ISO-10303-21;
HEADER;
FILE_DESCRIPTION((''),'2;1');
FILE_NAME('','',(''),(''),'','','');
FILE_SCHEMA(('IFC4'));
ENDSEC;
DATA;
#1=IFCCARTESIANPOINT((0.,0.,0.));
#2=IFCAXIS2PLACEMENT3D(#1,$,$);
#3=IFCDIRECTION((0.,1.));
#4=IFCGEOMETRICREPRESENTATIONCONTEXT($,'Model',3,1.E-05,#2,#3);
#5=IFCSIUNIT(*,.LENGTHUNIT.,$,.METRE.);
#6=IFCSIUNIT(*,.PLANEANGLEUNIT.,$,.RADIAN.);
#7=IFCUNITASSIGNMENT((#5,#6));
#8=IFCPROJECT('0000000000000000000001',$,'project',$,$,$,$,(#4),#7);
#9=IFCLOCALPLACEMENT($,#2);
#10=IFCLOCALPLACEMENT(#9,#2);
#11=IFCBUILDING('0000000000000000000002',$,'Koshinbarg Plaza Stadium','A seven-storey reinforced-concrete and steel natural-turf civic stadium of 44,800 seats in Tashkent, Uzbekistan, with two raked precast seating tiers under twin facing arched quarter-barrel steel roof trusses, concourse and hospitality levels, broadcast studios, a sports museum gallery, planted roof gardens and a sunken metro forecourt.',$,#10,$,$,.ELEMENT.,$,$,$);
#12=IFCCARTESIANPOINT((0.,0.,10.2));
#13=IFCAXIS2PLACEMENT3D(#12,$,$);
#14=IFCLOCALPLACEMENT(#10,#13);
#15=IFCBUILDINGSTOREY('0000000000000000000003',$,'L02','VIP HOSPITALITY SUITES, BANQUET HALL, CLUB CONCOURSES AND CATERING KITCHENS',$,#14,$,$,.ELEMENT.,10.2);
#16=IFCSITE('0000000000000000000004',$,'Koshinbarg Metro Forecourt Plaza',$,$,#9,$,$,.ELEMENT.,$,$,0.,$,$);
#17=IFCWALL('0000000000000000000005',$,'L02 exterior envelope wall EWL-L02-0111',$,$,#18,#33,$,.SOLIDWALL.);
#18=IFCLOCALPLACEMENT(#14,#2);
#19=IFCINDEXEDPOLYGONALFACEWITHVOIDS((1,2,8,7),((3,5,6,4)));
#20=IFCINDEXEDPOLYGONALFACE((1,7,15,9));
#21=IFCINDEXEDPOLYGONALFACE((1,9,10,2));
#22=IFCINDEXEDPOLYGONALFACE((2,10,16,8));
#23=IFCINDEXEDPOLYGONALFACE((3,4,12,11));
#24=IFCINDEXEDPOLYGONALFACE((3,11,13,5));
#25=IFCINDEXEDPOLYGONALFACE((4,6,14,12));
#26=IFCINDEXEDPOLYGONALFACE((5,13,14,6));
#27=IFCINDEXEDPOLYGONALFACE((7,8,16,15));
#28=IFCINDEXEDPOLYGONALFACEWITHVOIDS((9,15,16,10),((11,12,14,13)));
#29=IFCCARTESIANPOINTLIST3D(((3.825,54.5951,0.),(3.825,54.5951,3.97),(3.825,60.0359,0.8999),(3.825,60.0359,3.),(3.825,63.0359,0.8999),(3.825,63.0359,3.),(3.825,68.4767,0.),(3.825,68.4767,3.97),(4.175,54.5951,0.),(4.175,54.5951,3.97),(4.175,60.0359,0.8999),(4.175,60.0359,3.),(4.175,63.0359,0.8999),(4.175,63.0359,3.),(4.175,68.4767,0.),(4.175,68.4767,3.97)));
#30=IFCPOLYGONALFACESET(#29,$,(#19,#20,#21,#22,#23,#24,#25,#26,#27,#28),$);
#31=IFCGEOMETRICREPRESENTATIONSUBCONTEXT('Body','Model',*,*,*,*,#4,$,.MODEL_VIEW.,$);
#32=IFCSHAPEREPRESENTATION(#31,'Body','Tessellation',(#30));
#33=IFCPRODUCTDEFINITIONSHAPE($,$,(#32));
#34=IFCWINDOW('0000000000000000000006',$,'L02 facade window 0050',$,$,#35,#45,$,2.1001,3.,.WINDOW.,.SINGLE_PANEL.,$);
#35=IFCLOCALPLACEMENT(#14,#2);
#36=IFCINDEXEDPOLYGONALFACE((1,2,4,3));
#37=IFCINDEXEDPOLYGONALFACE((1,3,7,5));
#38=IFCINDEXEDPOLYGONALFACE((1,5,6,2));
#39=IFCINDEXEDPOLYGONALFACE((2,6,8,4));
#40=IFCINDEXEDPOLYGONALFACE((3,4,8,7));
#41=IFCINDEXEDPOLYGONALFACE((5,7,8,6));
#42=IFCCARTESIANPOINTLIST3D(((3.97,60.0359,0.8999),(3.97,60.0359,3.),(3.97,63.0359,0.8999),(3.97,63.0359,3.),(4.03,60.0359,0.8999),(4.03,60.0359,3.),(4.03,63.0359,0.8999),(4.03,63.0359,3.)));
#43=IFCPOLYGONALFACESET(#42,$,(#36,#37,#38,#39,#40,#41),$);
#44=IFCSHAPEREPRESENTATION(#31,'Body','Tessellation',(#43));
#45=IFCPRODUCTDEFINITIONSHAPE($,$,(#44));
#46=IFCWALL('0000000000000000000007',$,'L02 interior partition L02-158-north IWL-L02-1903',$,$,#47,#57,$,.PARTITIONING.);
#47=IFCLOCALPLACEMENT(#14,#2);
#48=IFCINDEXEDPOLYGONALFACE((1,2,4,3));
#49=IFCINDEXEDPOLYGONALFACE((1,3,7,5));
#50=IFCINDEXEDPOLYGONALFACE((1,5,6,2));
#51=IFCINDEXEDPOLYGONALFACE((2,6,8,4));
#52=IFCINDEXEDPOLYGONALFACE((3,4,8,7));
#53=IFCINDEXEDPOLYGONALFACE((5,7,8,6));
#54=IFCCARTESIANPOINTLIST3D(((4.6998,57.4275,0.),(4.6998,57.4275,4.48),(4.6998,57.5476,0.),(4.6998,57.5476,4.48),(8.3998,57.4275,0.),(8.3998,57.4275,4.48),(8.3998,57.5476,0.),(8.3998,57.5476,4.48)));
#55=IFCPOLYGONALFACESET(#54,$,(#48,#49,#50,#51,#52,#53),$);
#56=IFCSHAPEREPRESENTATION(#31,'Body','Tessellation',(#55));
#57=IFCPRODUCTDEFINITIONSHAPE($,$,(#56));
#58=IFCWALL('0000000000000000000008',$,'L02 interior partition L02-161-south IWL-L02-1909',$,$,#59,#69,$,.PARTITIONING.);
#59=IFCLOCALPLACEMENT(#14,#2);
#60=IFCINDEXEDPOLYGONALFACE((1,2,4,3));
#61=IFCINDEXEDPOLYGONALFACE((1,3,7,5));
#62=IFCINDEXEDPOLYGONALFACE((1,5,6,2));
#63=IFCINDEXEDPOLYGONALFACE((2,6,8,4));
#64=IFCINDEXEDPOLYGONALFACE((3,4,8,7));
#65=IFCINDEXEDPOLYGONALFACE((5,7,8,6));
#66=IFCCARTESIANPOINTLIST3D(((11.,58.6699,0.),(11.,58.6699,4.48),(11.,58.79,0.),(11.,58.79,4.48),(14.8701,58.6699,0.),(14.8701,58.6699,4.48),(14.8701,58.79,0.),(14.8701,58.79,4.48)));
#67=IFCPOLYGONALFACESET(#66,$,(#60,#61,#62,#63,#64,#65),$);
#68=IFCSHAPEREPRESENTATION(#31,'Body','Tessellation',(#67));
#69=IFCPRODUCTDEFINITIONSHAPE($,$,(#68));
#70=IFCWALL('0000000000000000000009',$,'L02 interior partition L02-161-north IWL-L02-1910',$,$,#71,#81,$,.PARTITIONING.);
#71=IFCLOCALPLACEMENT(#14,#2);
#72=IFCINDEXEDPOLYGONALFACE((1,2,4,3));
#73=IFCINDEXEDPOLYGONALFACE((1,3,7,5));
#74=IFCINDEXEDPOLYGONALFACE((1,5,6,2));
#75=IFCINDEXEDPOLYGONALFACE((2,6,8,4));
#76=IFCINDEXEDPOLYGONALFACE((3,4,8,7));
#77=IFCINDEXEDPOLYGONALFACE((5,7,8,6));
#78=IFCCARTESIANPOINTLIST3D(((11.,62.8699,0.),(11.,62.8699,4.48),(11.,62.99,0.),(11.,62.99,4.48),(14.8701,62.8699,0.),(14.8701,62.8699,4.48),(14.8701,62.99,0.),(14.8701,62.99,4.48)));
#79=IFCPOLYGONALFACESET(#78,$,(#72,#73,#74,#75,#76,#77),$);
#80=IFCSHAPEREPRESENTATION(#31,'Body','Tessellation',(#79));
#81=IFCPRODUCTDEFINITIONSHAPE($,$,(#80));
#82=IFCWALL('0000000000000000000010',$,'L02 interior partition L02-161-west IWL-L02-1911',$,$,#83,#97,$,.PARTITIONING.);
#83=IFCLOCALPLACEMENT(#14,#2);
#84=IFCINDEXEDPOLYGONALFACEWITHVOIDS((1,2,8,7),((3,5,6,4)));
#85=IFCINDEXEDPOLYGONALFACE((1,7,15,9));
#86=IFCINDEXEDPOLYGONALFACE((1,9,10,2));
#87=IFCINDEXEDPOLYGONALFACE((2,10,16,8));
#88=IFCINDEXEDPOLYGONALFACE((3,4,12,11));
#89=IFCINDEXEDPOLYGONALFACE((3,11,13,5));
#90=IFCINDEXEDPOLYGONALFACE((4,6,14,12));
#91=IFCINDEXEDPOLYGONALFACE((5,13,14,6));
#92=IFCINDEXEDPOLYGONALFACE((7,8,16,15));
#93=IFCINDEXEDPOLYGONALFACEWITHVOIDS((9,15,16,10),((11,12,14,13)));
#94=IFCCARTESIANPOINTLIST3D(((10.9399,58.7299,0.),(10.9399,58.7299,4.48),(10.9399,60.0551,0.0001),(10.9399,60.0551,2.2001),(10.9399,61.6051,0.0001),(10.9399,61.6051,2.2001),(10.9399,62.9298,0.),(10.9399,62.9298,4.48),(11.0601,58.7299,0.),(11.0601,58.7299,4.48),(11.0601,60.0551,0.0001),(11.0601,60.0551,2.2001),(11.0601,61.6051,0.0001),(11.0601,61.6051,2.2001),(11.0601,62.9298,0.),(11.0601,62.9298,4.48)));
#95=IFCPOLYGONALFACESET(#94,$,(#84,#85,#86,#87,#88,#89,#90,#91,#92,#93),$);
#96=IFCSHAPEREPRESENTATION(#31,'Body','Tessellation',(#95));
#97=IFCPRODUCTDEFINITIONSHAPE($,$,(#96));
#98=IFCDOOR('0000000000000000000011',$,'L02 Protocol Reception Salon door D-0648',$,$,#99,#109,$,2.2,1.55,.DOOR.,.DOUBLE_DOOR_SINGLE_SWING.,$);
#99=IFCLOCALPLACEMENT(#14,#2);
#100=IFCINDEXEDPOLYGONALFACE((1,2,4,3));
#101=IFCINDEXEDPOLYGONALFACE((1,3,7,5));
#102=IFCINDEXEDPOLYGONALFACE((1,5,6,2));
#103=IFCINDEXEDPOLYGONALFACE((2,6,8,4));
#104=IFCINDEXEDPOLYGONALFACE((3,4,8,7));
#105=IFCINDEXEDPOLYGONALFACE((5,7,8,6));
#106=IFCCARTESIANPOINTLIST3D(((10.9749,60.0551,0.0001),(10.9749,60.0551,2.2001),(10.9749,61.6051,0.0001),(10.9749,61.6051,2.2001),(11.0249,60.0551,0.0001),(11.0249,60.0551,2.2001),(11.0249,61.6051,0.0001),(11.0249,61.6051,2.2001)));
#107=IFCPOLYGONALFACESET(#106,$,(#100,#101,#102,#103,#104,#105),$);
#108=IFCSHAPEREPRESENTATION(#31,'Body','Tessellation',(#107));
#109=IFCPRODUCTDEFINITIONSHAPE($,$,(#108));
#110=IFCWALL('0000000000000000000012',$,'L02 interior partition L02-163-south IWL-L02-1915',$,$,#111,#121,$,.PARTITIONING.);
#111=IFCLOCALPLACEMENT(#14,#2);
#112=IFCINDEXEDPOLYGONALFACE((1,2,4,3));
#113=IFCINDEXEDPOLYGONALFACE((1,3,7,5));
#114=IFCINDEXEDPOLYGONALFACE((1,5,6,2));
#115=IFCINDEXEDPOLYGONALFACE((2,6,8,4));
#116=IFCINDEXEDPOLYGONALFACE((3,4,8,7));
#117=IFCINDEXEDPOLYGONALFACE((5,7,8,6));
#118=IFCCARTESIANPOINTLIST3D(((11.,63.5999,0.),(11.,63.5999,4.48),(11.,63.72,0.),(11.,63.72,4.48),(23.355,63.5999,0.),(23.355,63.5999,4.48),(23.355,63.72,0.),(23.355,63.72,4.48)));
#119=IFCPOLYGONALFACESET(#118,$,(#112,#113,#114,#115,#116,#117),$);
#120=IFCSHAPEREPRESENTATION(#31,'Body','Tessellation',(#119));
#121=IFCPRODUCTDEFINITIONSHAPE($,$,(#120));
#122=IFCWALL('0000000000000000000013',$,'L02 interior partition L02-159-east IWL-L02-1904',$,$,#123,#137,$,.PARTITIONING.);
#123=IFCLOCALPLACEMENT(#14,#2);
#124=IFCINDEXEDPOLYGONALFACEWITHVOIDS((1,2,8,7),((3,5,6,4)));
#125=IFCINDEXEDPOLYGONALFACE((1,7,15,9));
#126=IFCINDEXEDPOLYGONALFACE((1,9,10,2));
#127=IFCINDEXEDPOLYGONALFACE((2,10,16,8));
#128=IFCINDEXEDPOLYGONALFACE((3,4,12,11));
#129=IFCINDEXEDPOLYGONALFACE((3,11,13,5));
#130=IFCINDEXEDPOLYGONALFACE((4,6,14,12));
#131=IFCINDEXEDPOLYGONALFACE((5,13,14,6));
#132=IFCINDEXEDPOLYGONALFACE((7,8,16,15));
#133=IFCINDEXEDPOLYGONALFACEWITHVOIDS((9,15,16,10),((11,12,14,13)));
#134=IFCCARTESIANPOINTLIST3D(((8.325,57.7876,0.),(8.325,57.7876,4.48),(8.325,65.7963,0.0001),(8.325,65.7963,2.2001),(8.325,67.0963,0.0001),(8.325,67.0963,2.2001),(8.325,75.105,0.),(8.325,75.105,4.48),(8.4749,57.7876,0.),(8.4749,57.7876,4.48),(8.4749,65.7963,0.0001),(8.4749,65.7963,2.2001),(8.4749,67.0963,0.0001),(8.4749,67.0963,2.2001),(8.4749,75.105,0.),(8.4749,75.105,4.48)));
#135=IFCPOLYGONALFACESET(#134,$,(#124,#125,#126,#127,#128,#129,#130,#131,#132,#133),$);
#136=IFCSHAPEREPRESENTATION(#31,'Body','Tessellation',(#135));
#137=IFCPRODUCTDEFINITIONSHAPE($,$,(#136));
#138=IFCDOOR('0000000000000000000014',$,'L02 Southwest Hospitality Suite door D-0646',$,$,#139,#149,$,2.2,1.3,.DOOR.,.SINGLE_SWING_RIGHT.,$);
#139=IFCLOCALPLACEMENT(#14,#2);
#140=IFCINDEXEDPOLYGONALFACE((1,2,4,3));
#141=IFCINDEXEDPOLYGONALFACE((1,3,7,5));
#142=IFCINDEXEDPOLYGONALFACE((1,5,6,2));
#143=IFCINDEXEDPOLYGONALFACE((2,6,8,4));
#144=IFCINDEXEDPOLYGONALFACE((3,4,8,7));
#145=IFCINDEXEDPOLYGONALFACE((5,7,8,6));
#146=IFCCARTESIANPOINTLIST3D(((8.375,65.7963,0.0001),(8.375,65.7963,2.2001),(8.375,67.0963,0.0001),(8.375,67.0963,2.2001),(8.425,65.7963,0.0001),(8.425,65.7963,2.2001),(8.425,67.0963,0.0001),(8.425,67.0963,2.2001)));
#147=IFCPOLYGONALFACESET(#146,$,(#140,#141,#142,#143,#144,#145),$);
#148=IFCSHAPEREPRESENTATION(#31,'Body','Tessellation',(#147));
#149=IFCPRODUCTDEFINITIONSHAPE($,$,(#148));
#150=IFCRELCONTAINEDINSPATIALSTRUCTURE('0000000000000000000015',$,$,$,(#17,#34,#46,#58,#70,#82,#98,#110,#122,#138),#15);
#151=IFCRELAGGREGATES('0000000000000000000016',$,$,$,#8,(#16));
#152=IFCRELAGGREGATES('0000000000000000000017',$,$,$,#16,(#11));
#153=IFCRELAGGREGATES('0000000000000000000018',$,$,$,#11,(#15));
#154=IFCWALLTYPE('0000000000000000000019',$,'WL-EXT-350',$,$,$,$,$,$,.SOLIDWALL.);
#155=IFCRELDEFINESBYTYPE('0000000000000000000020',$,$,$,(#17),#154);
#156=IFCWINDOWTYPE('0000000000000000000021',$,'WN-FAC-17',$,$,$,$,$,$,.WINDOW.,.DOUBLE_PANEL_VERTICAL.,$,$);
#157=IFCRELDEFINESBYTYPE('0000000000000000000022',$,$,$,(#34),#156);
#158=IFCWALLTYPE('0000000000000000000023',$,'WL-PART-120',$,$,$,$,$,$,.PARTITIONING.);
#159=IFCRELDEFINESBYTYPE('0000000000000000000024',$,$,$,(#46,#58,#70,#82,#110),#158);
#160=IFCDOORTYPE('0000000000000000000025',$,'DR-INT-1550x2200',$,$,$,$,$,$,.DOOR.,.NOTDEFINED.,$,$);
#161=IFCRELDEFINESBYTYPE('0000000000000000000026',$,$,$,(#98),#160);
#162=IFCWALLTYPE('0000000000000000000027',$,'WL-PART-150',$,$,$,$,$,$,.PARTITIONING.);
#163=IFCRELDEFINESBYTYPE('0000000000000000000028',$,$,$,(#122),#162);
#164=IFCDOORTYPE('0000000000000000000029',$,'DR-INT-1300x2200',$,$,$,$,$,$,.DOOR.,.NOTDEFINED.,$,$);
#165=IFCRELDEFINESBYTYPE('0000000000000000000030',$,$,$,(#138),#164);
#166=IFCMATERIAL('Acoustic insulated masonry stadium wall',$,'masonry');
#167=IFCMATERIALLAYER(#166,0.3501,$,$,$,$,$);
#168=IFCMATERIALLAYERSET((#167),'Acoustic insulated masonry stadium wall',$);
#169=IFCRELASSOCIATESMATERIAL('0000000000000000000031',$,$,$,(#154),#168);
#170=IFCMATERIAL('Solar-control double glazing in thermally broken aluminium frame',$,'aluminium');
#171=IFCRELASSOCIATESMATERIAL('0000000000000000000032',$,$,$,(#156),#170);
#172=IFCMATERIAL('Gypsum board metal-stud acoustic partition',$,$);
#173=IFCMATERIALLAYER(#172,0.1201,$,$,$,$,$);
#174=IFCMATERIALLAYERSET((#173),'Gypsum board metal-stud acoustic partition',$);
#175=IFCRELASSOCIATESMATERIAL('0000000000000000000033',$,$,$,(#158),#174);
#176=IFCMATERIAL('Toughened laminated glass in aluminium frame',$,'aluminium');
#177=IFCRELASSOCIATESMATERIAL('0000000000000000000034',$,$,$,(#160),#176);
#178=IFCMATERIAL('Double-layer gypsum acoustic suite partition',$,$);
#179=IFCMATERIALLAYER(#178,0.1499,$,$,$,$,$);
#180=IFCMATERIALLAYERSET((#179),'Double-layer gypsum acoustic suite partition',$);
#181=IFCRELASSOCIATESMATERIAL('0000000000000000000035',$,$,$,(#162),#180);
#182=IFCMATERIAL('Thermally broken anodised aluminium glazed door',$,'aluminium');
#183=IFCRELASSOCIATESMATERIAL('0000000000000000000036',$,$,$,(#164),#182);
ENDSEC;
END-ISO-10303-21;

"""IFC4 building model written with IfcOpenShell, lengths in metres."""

from ifc_helpers import new_model, si_unit, direction, frame, frame_2d, origin, place, context, subcontext, project, spatial, rectangle, extrude, material, layer, layer_set, type_object, element, fill, save


model = new_model("IFC4")

# Units and contexts
model_context = context("Model", 3, precision=1e-05, world=origin(), true_north=direction((0.0, 1.0)))
body_context = subcontext(model_context, "Body", "Model", "MODEL_VIEW")
ifc_project = project(units=[si_unit("LENGTHUNIT", "METRE"), si_unit("PLANEANGLEUNIT", "RADIAN")], contexts=[model_context])

# Site, building, storey
site_placement = place(None, origin())
site = spatial("IfcSite", under=ifc_project, at=site_placement, Name="Koshinbarg Metro Forecourt Plaza", CompositionType="ELEMENT", RefElevation=0.0)
building_placement = place(site_placement, origin())
building = spatial("IfcBuilding", under=site, at=building_placement, Name="Koshinbarg Plaza Stadium", Description="A seven-storey reinforced-concrete and steel natural-turf civic stadium of 44,800 seats in Tashkent, Uzbekistan, with two raked precast seating tiers under twin facing arched quarter-barrel steel roof trusses, concourse and hospitality levels, broadcast studios, a sports museum gallery, planted roof gardens and a sunken metro forecourt.", CompositionType="ELEMENT")
storey_placement = place(building_placement, frame((0.0, 0.0, 10.2)))
storey = spatial("IfcBuildingStorey", under=building, at=storey_placement, Name="L02", Description="VIP HOSPITALITY SUITES, BANQUET HALL, CLUB CONCOURSES AND CATERING KITCHENS", CompositionType="ELEMENT", Elevation=10.2)

# Wall, opening, window
ifc_material_1 = material(Name="Acoustic insulated masonry stadium wall", Category="masonry")
ifc_layer_1 = layer(ifc_material_1, 0.3501)
ifc_layer_set_1 = layer_set([ifc_layer_1], Name="Acoustic insulated masonry stadium wall")
wall_type_1 = type_object("IfcWallType", Name="WL-EXT-350", PredefinedType="SOLIDWALL", material=ifc_layer_set_1)
wall_1_placement = place(storey_placement, frame((4.0, 54.595, 0.0), z_axis=(0.0, 0.0, 1.0), x_axis=(0.0, 1.0, 0.0)))
wall_1 = element("IfcWall", 1, at=wall_1_placement, inside=storey, type_object=wall_type_1, Name="L02 exterior envelope wall EWL-L02-0111", PredefinedType="SOLIDWALL", context=body_context, shape_type="SweptSolid", body=[
    extrude(rectangle(XDim=13.8816, YDim=0.3501, at=frame_2d((6.9409, 0.0))), origin(), (0.0, 0.0, 1.0), 3.97),
])
opening_1_placement = place(wall_1_placement, frame((5.4409, 0.0, 0.8999)))
opening_1 = element("IfcOpeningElement", 2, at=opening_1_placement, cuts=wall_1, PredefinedType="OPENING", context=body_context, shape_type="SweptSolid", body=[
    extrude(rectangle(XDim=3.0, YDim=2.1001, at=frame_2d((1.5, 1.05))), frame((0.0, 0.1851, 0.0), z_axis=(0.0, -1.0, 0.0), x_axis=(1.0, 0.0, 0.0)), (0.0, 0.0, 1.0), 0.3701),
])
ifc_material_2 = material(Name="Solar-control double glazing in thermally broken aluminium frame", Category="aluminium")
window_type = type_object("IfcWindowType", Name="WN-FAC-17", PartitioningType="DOUBLE_PANEL_VERTICAL", PredefinedType="WINDOW", material=ifc_material_2)
window_placement = place(opening_1_placement, origin())
window = element("IfcWindow", 3, at=window_placement, inside=storey, type_object=window_type, Name="L02 facade window 0050", OverallHeight=2.1001, OverallWidth=3.0, PartitioningType="SINGLE_PANEL", PredefinedType="WINDOW", context=body_context, shape_type="SweptSolid", body=[
    extrude(rectangle(XDim=3.0, YDim=2.1001, at=frame_2d((1.5, 1.05))), frame((0.0, 0.03, 0.0), z_axis=(0.0, -1.0, 0.0), x_axis=(1.0, 0.0, 0.0)), (0.0, 0.0, 1.0), 0.0601),
])
fill(opening_1, window)

# Walls
ifc_material_3 = material(Name="Gypsum board metal-stud acoustic partition")
ifc_layer_2 = layer(ifc_material_3, 0.1201)
ifc_layer_set_2 = layer_set([ifc_layer_2], Name="Gypsum board metal-stud acoustic partition")
wall_type_2 = type_object("IfcWallType", Name="WL-PART-120", PredefinedType="PARTITIONING", material=ifc_layer_set_2)
wall_2_placement = place(storey_placement, frame((8.3999, 57.4875, 0.0), z_axis=(0.0, 0.0, 1.0), x_axis=(-1.0, 0.0, 0.0)))
element("IfcWall", 4, at=wall_2_placement, inside=storey, type_object=wall_type_2, Name="L02 interior partition L02-158-north IWL-L02-1903", PredefinedType="PARTITIONING", context=body_context, shape_type="SweptSolid", body=[
    extrude(rectangle(XDim=3.7, YDim=0.1201, at=frame_2d((1.8501, 0.0))), origin(), (0.0, 0.0, 1.0), 4.48),
])
for number, where, z_axis, x_axis, name in (
    (5, (11.0, 58.73, 0.0), (0.0, 0.0, 1.0), (1.0, 0.0, 0.0), "L02 interior partition L02-161-south IWL-L02-1909"),
    (6, (14.8701, 62.9299, 0.0), (0.0, 0.0, 1.0), (-1.0, 0.0, 0.0), "L02 interior partition L02-161-north IWL-L02-1910"),
):
    element("IfcWall", number, at=place(storey_placement, frame(where, z_axis=z_axis, x_axis=x_axis)), inside=storey, type_object=wall_type_2, Name=name, PredefinedType="PARTITIONING", context=body_context, shape_type="SweptSolid", body=[
        extrude(rectangle(XDim=3.8701, YDim=0.1201, at=frame_2d((1.9351, 0.0))), origin(), (0.0, 0.0, 1.0), 4.48),
    ])

# Wall, opening, door
wall_3_placement = place(storey_placement, frame((11.0, 62.9299, 0.0), z_axis=(0.0, 0.0, 1.0), x_axis=(0.0, -1.0, 0.0)))
wall_3 = element("IfcWall", 7, at=wall_3_placement, inside=storey, type_object=wall_type_2, Name="L02 interior partition L02-161-west IWL-L02-1911", PredefinedType="PARTITIONING", context=body_context, shape_type="SweptSolid", body=[
    extrude(rectangle(XDim=4.2, YDim=0.1201, at=frame_2d((2.1001, 0.0))), origin(), (0.0, 0.0, 1.0), 4.48),
])
opening_2_placement = place(wall_3_placement, frame((1.325, 0.0, 0.0)))
opening_2 = element("IfcOpeningElement", 8, at=opening_2_placement, cuts=wall_3, PredefinedType="OPENING", context=body_context, shape_type="SweptSolid", body=[
    extrude(rectangle(XDim=1.55, YDim=2.2, at=frame_2d((0.7749, 1.1001))), frame((0.0, 0.0701, 0.0), z_axis=(0.0, -1.0, 0.0), x_axis=(1.0, 0.0, 0.0)), (0.0, 0.0, 1.0), 0.1401),
])
ifc_material_4 = material(Name="Toughened laminated glass in aluminium frame", Category="aluminium")
door_type_1 = type_object("IfcDoorType", Name="DR-INT-1550x2200", OperationType="NOTDEFINED", PredefinedType="DOOR", material=ifc_material_4)
door_1_placement = place(opening_2_placement, origin())
door_1 = element("IfcDoor", 9, at=door_1_placement, inside=storey, type_object=door_type_1, Name="L02 Protocol Reception Salon door D-0648", OperationType="DOUBLE_DOOR_SINGLE_SWING", OverallHeight=2.2, OverallWidth=1.55, PredefinedType="DOOR", context=body_context, shape_type="SweptSolid", body=[
    extrude(rectangle(XDim=1.55, YDim=2.2, at=frame_2d((0.7749, 1.1001))), frame((0.0, 0.0249, 0.0), z_axis=(0.0, -1.0, 0.0), x_axis=(1.0, 0.0, 0.0)), (0.0, 0.0, 1.0), 0.05),
])
fill(opening_2, door_1)

# Wall
wall_4_placement = place(storey_placement, frame((11.0, 63.6599, 0.0), z_axis=(0.0, 0.0, 1.0), x_axis=(1.0, 0.0, 0.0)))
element("IfcWall", 10, at=wall_4_placement, inside=storey, type_object=wall_type_2, Name="L02 interior partition L02-163-south IWL-L02-1915", PredefinedType="PARTITIONING", context=body_context, shape_type="SweptSolid", body=[
    extrude(rectangle(XDim=12.355, YDim=0.1201, at=frame_2d((6.1775, 0.0))), origin(), (0.0, 0.0, 1.0), 4.48),
])

# Wall, opening, door
ifc_material_5 = material(Name="Double-layer gypsum acoustic suite partition")
ifc_layer_3 = layer(ifc_material_5, 0.1499)
ifc_layer_set_3 = layer_set([ifc_layer_3], Name="Double-layer gypsum acoustic suite partition")
wall_type_3 = type_object("IfcWallType", Name="WL-PART-150", PredefinedType="PARTITIONING", material=ifc_layer_set_3)
wall_5_placement = place(storey_placement, frame((8.3999, 57.7876, 0.0), z_axis=(0.0, 0.0, 1.0), x_axis=(0.0, 1.0, 0.0)))
wall_5 = element("IfcWall", 11, at=wall_5_placement, inside=storey, type_object=wall_type_3, Name="L02 interior partition L02-159-east IWL-L02-1904", PredefinedType="PARTITIONING", context=body_context, shape_type="SweptSolid", body=[
    extrude(rectangle(XDim=17.3174, YDim=0.1499, at=frame_2d((8.6587, 0.0))), origin(), (0.0, 0.0, 1.0), 4.48),
])
opening_3_placement = place(wall_5_placement, frame((8.0088, 0.0, 0.0)))
opening_3 = element("IfcOpeningElement", 12, at=opening_3_placement, cuts=wall_5, PredefinedType="OPENING", context=body_context, shape_type="SweptSolid", body=[
    extrude(rectangle(XDim=1.3, YDim=2.2, at=frame_2d((0.6499, 1.1001))), frame((0.0, 0.085, 0.0), z_axis=(0.0, -1.0, 0.0), x_axis=(1.0, 0.0, 0.0)), (0.0, 0.0, 1.0), 0.1699),
])
ifc_material_6 = material(Name="Thermally broken anodised aluminium glazed door", Category="aluminium")
door_type_2 = type_object("IfcDoorType", Name="DR-INT-1300x2200", OperationType="NOTDEFINED", PredefinedType="DOOR", material=ifc_material_6)
door_2_placement = place(opening_3_placement, origin())
door_2 = element("IfcDoor", 13, at=door_2_placement, inside=storey, type_object=door_type_2, Name="L02 Southwest Hospitality Suite door D-0646", OperationType="SINGLE_SWING_RIGHT", OverallHeight=2.2, OverallWidth=1.3, PredefinedType="DOOR", context=body_context, shape_type="SweptSolid", body=[
    extrude(rectangle(XDim=1.3, YDim=2.2, at=frame_2d((0.6499, 1.1001))), frame((0.0, 0.0249, 0.0), z_axis=(0.0, -1.0, 0.0), x_axis=(1.0, 0.0, 0.0)), (0.0, 0.0, 1.0), 0.05),
])
fill(opening_3, door_2)

save(model, "model.ifc")
